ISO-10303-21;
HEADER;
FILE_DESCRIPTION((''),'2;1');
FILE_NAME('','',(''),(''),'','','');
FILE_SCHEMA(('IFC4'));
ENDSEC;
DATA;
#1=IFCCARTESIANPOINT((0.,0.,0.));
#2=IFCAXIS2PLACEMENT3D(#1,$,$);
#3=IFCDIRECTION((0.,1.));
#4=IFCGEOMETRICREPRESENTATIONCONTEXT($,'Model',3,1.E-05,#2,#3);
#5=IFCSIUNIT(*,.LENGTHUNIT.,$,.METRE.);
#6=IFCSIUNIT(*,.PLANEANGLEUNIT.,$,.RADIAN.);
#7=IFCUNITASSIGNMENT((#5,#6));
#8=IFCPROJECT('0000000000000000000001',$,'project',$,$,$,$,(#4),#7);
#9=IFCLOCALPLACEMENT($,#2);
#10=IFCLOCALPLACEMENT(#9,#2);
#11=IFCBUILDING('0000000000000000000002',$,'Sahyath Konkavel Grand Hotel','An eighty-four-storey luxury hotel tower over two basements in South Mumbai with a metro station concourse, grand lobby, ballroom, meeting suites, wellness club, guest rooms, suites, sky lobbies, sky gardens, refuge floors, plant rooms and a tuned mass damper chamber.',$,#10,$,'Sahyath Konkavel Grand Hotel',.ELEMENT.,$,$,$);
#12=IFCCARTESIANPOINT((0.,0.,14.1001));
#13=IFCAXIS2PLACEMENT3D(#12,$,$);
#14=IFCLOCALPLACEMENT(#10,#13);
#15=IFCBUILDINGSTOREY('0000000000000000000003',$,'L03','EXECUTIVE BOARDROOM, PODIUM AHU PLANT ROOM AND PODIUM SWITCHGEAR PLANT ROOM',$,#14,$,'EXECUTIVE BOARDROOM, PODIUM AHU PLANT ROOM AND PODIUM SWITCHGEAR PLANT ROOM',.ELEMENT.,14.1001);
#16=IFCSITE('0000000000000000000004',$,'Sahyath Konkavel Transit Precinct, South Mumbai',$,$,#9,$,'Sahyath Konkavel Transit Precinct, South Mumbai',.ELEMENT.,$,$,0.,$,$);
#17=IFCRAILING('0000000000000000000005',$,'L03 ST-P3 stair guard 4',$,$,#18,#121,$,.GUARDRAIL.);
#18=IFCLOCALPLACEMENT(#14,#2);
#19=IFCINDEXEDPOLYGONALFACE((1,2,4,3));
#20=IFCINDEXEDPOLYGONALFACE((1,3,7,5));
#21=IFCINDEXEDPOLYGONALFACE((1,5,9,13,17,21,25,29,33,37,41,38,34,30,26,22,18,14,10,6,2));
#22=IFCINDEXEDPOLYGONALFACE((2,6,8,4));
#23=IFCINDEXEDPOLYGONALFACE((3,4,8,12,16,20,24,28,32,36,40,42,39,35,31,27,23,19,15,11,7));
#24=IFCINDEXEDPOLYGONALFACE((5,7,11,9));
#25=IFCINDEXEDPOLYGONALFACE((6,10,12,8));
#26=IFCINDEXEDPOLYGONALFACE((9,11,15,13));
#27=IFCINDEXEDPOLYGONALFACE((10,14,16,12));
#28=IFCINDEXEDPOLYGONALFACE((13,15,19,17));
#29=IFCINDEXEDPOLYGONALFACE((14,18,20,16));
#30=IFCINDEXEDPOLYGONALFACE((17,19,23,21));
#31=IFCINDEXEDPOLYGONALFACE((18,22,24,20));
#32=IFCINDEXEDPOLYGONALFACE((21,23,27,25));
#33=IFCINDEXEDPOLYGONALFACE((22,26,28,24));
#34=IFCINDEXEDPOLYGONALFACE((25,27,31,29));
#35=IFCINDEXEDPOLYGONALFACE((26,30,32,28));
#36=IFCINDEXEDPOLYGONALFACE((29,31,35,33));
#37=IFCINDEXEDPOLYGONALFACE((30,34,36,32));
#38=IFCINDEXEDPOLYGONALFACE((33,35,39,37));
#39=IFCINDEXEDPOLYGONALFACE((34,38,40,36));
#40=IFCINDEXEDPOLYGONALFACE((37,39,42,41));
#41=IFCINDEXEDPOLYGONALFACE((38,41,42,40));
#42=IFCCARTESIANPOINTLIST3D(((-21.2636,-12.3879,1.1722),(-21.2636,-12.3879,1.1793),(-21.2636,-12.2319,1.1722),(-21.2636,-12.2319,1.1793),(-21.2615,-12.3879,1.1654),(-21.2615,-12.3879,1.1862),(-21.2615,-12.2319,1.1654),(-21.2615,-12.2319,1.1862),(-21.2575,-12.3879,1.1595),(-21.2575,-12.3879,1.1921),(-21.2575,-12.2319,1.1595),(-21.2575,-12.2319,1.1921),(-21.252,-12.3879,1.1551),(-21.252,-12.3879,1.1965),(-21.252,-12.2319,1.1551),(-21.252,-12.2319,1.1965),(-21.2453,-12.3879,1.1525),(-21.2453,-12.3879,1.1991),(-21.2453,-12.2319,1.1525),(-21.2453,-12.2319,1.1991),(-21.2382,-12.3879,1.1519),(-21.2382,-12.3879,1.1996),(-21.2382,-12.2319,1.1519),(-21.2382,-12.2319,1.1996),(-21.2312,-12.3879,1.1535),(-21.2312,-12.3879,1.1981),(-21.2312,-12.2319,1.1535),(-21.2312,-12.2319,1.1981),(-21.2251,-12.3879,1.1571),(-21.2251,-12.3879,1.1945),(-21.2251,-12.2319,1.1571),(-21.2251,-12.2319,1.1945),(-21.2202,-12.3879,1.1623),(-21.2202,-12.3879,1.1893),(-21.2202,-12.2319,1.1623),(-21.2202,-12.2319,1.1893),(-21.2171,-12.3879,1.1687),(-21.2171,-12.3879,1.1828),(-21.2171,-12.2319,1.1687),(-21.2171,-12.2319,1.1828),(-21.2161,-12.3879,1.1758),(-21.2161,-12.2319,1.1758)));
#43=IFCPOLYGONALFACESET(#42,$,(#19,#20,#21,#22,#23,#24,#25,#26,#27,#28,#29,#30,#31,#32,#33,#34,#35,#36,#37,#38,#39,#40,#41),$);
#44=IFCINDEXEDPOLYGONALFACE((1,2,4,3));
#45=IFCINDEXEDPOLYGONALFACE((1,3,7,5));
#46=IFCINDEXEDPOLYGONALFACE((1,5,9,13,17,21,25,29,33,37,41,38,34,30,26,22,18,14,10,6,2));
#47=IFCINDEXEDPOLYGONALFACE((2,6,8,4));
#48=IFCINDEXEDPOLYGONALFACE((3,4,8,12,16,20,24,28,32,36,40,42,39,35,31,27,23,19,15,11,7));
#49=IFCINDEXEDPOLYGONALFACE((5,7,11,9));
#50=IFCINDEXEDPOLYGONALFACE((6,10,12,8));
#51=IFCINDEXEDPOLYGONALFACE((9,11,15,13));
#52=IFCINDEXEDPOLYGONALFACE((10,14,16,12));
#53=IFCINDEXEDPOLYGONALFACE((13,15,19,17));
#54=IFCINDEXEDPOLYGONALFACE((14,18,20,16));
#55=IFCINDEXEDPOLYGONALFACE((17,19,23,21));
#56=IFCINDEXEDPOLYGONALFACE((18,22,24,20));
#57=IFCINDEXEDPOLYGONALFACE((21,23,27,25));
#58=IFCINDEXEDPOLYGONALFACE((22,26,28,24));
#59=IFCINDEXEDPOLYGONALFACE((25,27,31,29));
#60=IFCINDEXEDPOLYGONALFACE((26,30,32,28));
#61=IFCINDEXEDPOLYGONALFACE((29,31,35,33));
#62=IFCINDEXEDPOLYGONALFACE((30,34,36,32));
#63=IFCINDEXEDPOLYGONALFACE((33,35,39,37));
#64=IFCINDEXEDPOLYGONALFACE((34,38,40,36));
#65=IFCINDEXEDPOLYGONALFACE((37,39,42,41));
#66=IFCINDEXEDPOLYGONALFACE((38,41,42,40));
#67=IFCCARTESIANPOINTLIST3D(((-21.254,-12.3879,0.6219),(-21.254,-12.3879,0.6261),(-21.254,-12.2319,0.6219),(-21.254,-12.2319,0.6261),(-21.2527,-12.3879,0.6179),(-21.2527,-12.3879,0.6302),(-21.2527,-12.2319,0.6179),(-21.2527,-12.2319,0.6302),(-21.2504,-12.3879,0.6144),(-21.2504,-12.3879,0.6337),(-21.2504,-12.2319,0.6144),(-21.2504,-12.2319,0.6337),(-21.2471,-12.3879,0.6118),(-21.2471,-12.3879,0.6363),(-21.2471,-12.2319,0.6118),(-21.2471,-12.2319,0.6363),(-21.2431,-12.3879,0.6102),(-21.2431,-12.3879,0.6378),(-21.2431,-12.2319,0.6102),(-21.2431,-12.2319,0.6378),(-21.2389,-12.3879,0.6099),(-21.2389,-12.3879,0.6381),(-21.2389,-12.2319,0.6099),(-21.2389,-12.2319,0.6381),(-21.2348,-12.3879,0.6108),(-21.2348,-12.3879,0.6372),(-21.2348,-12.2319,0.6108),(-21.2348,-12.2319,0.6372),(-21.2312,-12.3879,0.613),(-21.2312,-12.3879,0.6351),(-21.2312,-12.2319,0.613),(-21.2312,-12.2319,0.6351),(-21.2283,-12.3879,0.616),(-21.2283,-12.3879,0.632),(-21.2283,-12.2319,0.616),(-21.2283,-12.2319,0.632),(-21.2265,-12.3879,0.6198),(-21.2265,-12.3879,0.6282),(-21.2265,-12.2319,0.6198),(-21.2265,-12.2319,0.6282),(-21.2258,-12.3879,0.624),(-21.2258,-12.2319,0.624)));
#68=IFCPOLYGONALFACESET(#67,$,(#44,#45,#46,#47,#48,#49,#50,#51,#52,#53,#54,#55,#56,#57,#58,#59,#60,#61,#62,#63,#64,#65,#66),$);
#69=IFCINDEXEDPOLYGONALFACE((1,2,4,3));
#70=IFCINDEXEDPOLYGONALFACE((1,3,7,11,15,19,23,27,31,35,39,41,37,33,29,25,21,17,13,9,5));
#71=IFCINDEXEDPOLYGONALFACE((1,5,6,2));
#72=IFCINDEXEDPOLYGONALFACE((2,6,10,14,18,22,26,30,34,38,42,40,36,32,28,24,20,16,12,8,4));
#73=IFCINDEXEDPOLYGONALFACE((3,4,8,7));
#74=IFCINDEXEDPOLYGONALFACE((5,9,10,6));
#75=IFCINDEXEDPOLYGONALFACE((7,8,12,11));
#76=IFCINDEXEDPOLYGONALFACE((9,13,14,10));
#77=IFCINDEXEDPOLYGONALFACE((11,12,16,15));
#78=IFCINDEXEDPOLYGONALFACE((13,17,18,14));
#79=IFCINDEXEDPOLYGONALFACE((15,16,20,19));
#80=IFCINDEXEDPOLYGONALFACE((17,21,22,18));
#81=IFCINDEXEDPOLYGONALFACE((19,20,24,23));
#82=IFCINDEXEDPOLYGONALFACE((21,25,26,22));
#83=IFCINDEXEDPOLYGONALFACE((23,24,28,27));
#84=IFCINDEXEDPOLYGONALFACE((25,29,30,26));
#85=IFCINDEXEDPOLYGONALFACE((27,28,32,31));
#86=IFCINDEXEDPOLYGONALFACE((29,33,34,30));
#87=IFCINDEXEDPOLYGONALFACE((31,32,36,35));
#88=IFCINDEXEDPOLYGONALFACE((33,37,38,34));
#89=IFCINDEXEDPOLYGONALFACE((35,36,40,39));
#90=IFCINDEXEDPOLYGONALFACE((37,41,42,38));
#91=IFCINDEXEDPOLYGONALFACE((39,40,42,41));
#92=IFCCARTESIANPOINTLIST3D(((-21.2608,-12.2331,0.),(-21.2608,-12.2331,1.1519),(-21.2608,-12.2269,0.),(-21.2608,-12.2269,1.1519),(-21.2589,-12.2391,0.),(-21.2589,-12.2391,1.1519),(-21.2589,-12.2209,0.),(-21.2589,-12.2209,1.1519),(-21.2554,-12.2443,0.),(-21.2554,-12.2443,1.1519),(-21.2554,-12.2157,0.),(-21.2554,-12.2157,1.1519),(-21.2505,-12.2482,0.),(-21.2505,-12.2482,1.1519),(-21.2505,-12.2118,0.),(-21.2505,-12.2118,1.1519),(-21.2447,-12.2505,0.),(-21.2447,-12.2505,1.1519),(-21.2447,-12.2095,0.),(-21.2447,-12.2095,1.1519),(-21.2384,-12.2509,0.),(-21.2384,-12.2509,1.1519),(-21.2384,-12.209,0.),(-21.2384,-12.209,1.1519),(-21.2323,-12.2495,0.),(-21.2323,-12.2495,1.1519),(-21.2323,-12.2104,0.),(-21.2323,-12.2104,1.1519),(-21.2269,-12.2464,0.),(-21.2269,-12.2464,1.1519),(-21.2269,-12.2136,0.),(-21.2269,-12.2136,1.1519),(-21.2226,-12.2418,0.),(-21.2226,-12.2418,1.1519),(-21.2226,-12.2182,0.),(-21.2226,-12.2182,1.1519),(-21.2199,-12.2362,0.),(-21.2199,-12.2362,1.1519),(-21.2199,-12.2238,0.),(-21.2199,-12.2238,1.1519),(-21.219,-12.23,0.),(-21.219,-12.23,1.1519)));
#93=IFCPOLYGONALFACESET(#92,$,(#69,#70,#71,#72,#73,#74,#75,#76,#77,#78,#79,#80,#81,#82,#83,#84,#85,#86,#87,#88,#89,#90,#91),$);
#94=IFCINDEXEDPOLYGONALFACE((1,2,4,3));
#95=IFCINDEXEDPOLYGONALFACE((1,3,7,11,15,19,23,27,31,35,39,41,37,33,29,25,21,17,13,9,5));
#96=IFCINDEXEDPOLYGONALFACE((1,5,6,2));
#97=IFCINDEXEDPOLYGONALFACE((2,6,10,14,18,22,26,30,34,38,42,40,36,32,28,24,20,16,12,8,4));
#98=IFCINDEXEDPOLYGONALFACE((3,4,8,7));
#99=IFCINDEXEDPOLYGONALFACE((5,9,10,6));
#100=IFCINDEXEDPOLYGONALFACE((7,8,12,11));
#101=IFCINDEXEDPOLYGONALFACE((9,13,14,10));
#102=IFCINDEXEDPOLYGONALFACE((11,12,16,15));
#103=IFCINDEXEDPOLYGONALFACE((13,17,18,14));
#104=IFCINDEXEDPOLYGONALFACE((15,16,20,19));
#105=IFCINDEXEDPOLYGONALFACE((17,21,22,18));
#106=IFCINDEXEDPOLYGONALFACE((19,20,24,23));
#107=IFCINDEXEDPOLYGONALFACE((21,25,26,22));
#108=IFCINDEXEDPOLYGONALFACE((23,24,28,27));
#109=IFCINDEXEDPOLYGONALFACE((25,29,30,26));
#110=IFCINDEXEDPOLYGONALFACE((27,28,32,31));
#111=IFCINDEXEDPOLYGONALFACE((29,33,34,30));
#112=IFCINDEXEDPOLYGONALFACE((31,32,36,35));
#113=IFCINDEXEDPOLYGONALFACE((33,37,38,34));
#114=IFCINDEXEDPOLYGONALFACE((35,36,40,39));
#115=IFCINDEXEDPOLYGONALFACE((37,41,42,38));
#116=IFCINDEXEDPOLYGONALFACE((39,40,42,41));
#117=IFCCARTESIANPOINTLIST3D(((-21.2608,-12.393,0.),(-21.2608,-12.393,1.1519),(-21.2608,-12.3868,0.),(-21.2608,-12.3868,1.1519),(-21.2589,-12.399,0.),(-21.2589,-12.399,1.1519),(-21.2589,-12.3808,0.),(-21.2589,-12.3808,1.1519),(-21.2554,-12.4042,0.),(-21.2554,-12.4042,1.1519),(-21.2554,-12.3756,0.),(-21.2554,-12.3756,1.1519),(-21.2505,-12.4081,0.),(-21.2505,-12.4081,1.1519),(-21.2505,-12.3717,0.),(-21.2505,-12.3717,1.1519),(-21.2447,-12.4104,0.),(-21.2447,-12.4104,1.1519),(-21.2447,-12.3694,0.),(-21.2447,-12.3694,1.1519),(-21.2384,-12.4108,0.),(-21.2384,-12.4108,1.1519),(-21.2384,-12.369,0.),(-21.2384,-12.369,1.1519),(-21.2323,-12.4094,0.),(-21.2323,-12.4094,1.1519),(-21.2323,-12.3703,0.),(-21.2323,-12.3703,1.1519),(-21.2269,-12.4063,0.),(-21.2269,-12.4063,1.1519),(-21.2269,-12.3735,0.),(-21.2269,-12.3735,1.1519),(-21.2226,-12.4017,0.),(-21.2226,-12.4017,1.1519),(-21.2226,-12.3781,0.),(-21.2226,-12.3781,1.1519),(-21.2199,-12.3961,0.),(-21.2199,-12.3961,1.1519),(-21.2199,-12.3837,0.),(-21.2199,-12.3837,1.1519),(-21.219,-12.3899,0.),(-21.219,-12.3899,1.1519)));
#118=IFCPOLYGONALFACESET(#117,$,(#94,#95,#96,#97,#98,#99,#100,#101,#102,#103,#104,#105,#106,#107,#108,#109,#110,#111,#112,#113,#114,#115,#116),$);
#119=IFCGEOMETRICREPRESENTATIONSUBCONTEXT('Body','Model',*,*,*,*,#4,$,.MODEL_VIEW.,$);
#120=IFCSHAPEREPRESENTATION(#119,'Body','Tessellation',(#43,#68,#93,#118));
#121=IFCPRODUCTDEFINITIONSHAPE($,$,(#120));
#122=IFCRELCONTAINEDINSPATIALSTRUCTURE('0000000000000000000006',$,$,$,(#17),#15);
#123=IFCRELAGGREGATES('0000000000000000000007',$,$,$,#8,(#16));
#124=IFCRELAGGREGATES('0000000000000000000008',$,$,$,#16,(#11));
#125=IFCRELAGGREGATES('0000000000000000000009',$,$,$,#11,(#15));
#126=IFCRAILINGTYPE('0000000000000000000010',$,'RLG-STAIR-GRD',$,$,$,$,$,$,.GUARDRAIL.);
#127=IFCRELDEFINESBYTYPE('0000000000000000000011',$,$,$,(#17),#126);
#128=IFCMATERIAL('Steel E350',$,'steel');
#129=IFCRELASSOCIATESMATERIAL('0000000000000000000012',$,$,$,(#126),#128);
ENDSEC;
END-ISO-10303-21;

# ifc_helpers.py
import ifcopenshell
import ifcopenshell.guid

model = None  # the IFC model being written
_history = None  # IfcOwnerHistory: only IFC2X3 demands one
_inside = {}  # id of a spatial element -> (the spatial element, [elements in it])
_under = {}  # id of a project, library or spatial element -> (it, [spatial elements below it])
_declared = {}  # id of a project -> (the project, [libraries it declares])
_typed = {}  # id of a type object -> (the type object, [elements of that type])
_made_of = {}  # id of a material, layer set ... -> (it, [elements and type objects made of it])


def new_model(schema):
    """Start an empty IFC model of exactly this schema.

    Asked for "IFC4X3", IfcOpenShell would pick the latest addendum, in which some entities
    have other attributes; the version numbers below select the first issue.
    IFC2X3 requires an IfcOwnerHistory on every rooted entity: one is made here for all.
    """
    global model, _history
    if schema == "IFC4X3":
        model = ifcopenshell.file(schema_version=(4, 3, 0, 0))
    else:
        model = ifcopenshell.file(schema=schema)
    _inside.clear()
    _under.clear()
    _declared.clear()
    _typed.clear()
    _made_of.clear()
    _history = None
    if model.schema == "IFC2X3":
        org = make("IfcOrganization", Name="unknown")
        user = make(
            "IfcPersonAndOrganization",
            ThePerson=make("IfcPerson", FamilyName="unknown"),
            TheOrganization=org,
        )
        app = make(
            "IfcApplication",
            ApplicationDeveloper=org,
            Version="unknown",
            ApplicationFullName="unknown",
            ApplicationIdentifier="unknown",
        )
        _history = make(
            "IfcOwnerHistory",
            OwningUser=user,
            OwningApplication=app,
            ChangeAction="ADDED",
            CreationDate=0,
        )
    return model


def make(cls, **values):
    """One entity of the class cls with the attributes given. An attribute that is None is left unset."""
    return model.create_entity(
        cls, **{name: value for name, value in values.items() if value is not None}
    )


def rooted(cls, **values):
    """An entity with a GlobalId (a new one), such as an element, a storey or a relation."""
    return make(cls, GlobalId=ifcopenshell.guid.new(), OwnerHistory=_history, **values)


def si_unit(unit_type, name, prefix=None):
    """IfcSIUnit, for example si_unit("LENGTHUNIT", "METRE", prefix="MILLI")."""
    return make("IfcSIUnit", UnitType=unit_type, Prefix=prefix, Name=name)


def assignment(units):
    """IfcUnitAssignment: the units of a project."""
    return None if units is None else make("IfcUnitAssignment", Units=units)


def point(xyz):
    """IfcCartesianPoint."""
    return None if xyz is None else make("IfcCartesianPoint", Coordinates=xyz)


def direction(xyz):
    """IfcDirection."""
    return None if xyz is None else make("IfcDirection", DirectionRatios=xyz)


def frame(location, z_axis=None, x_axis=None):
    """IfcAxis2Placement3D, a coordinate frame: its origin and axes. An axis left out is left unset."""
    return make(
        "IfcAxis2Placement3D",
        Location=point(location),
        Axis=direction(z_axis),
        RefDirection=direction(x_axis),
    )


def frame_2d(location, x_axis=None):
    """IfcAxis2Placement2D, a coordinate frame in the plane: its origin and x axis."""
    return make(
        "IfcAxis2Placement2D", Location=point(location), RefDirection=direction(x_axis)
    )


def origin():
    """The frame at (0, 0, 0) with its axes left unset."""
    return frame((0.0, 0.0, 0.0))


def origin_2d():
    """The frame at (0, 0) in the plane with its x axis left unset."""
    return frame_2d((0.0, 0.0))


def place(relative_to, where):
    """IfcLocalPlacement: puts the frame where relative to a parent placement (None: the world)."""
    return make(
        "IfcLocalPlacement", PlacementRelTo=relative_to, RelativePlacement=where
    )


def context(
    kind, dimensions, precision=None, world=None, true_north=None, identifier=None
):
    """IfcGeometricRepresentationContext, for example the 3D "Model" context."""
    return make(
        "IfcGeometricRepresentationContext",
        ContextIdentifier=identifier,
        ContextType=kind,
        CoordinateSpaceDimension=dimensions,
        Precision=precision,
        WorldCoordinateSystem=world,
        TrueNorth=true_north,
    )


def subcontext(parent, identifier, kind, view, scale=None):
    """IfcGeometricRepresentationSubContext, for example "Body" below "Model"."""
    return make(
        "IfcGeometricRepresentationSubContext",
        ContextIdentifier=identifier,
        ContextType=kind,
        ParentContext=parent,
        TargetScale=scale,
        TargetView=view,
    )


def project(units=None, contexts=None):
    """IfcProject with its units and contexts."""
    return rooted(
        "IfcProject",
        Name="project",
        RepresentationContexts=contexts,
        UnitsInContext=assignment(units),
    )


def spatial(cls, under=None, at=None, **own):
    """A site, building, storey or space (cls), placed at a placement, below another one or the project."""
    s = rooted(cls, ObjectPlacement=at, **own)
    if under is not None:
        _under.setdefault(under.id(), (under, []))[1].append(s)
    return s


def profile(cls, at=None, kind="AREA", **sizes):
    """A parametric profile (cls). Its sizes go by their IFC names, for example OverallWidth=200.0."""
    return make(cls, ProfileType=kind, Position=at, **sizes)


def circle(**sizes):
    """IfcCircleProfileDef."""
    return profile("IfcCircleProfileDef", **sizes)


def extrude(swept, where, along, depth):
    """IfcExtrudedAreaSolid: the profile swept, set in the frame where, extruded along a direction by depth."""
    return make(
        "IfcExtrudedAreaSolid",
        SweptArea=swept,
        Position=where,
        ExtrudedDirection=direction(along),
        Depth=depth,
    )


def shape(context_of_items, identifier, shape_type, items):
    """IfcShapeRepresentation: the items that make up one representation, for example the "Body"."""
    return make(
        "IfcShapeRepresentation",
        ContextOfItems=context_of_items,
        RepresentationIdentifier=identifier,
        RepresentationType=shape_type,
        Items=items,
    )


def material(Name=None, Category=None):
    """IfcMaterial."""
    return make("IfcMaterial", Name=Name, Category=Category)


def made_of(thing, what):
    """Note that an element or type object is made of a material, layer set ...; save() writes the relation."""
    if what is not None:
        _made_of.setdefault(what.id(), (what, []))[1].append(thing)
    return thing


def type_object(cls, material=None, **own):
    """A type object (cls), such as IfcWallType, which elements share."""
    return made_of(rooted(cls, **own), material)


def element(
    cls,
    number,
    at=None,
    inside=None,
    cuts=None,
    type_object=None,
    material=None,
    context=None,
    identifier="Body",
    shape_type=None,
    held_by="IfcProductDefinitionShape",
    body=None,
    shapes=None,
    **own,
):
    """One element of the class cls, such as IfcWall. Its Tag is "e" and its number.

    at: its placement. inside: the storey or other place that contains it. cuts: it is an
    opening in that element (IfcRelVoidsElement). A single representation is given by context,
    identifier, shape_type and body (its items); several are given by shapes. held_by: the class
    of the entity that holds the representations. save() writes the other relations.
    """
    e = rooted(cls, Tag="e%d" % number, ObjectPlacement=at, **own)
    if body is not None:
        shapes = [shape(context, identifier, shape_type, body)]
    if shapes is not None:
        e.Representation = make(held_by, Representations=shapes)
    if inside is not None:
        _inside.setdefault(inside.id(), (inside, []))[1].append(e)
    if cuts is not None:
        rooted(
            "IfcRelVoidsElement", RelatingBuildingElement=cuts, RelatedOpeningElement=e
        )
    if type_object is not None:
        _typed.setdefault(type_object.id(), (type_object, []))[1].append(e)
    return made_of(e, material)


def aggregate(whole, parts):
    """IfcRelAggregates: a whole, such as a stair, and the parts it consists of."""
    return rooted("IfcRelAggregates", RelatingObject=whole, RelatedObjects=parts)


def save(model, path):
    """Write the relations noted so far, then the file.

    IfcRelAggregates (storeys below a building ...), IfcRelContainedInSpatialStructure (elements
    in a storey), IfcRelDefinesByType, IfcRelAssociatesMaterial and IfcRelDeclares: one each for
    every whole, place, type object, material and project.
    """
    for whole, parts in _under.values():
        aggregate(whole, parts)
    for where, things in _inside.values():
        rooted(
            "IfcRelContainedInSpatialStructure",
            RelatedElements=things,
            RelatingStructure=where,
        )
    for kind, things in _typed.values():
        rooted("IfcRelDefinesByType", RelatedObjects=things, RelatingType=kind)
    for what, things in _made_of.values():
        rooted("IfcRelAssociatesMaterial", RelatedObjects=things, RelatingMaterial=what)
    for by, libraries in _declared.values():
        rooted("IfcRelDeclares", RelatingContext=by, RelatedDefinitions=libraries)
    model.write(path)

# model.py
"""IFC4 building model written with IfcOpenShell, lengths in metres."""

from ifc_helpers import new_model, si_unit, direction, frame, origin, origin_2d, place, context, subcontext, project, spatial, circle, extrude, material, type_object, element, save


model = new_model("IFC4")

# Units and contexts
model_context = context("Model", 3, precision=1e-05, world=origin(), true_north=direction((0.0, 1.0)))
body_context = subcontext(model_context, "Body", "Model", "MODEL_VIEW")
ifc_project = project(units=[si_unit("LENGTHUNIT", "METRE"), si_unit("PLANEANGLEUNIT", "RADIAN")], contexts=[model_context])

# Site, building, storey
site_placement = place(None, origin())
site = spatial("IfcSite", under=ifc_project, at=site_placement, Name="Sahyath Konkavel Transit Precinct, South Mumbai", LongName="Sahyath Konkavel Transit Precinct, South Mumbai", CompositionType="ELEMENT", RefElevation=0.0)
building_placement = place(site_placement, origin())
building = spatial("IfcBuilding", under=site, at=building_placement, Name="Sahyath Konkavel Grand Hotel", Description="An eighty-four-storey luxury hotel tower over two basements in South Mumbai with a metro station concourse, grand lobby, ballroom, meeting suites, wellness club, guest rooms, suites, sky lobbies, sky gardens, refuge floors, plant rooms and a tuned mass damper chamber.", LongName="Sahyath Konkavel Grand Hotel", CompositionType="ELEMENT")
storey_placement = place(building_placement, frame((0.0, 0.0, 14.1001)))
storey = spatial("IfcBuildingStorey", under=building, at=storey_placement, Name="L03", Description="EXECUTIVE BOARDROOM, PODIUM AHU PLANT ROOM AND PODIUM SWITCHGEAR PLANT ROOM", LongName="EXECUTIVE BOARDROOM, PODIUM AHU PLANT ROOM AND PODIUM SWITCHGEAR PLANT ROOM", CompositionType="ELEMENT", Elevation=14.1001)

# Shared definitions
ifc_material_1 = material(Name="Steel E350", Category="steel")

# Railing
railing_type_1 = type_object("IfcRailingType", Name="RLG-STAIR-GRD", PredefinedType="GUARDRAIL", material=ifc_material_1)
railing_1_placement = place(storey_placement, frame((-21.24, -12.23, 0.0)))
element("IfcRailing", 1, at=railing_1_placement, inside=storey, type_object=railing_type_1, Name="L03 ST-P3 stair guard 4", PredefinedType="GUARDRAIL", context=body_context, shape_type="SweptSolid", body=[
    extrude(circle(Radius=0.0239, at=origin_2d()), frame((0.0, -0.002, 1.1758), z_axis=(0.0, -1.0, 0.0), x_axis=(1.0, 0.0, 0.0)), (0.0, 0.0, 1.0), 0.156),
    extrude(circle(Radius=0.0142, at=origin_2d()), frame((0.0, -0.002, 0.624), z_axis=(0.0, -1.0, 0.0), x_axis=(1.0, 0.0, 0.0)), (0.0, 0.0, 1.0), 0.156),
    extrude(circle(Radius=0.021, at=origin_2d()), origin(), (0.0, 0.0, 1.0), 1.1519),
    extrude(circle(Radius=0.021, at=origin_2d()), frame((0.0, -0.1599, 0.0)), (0.0, 0.0, 1.0), 1.1519),
])

save(model, "model.ifc")
